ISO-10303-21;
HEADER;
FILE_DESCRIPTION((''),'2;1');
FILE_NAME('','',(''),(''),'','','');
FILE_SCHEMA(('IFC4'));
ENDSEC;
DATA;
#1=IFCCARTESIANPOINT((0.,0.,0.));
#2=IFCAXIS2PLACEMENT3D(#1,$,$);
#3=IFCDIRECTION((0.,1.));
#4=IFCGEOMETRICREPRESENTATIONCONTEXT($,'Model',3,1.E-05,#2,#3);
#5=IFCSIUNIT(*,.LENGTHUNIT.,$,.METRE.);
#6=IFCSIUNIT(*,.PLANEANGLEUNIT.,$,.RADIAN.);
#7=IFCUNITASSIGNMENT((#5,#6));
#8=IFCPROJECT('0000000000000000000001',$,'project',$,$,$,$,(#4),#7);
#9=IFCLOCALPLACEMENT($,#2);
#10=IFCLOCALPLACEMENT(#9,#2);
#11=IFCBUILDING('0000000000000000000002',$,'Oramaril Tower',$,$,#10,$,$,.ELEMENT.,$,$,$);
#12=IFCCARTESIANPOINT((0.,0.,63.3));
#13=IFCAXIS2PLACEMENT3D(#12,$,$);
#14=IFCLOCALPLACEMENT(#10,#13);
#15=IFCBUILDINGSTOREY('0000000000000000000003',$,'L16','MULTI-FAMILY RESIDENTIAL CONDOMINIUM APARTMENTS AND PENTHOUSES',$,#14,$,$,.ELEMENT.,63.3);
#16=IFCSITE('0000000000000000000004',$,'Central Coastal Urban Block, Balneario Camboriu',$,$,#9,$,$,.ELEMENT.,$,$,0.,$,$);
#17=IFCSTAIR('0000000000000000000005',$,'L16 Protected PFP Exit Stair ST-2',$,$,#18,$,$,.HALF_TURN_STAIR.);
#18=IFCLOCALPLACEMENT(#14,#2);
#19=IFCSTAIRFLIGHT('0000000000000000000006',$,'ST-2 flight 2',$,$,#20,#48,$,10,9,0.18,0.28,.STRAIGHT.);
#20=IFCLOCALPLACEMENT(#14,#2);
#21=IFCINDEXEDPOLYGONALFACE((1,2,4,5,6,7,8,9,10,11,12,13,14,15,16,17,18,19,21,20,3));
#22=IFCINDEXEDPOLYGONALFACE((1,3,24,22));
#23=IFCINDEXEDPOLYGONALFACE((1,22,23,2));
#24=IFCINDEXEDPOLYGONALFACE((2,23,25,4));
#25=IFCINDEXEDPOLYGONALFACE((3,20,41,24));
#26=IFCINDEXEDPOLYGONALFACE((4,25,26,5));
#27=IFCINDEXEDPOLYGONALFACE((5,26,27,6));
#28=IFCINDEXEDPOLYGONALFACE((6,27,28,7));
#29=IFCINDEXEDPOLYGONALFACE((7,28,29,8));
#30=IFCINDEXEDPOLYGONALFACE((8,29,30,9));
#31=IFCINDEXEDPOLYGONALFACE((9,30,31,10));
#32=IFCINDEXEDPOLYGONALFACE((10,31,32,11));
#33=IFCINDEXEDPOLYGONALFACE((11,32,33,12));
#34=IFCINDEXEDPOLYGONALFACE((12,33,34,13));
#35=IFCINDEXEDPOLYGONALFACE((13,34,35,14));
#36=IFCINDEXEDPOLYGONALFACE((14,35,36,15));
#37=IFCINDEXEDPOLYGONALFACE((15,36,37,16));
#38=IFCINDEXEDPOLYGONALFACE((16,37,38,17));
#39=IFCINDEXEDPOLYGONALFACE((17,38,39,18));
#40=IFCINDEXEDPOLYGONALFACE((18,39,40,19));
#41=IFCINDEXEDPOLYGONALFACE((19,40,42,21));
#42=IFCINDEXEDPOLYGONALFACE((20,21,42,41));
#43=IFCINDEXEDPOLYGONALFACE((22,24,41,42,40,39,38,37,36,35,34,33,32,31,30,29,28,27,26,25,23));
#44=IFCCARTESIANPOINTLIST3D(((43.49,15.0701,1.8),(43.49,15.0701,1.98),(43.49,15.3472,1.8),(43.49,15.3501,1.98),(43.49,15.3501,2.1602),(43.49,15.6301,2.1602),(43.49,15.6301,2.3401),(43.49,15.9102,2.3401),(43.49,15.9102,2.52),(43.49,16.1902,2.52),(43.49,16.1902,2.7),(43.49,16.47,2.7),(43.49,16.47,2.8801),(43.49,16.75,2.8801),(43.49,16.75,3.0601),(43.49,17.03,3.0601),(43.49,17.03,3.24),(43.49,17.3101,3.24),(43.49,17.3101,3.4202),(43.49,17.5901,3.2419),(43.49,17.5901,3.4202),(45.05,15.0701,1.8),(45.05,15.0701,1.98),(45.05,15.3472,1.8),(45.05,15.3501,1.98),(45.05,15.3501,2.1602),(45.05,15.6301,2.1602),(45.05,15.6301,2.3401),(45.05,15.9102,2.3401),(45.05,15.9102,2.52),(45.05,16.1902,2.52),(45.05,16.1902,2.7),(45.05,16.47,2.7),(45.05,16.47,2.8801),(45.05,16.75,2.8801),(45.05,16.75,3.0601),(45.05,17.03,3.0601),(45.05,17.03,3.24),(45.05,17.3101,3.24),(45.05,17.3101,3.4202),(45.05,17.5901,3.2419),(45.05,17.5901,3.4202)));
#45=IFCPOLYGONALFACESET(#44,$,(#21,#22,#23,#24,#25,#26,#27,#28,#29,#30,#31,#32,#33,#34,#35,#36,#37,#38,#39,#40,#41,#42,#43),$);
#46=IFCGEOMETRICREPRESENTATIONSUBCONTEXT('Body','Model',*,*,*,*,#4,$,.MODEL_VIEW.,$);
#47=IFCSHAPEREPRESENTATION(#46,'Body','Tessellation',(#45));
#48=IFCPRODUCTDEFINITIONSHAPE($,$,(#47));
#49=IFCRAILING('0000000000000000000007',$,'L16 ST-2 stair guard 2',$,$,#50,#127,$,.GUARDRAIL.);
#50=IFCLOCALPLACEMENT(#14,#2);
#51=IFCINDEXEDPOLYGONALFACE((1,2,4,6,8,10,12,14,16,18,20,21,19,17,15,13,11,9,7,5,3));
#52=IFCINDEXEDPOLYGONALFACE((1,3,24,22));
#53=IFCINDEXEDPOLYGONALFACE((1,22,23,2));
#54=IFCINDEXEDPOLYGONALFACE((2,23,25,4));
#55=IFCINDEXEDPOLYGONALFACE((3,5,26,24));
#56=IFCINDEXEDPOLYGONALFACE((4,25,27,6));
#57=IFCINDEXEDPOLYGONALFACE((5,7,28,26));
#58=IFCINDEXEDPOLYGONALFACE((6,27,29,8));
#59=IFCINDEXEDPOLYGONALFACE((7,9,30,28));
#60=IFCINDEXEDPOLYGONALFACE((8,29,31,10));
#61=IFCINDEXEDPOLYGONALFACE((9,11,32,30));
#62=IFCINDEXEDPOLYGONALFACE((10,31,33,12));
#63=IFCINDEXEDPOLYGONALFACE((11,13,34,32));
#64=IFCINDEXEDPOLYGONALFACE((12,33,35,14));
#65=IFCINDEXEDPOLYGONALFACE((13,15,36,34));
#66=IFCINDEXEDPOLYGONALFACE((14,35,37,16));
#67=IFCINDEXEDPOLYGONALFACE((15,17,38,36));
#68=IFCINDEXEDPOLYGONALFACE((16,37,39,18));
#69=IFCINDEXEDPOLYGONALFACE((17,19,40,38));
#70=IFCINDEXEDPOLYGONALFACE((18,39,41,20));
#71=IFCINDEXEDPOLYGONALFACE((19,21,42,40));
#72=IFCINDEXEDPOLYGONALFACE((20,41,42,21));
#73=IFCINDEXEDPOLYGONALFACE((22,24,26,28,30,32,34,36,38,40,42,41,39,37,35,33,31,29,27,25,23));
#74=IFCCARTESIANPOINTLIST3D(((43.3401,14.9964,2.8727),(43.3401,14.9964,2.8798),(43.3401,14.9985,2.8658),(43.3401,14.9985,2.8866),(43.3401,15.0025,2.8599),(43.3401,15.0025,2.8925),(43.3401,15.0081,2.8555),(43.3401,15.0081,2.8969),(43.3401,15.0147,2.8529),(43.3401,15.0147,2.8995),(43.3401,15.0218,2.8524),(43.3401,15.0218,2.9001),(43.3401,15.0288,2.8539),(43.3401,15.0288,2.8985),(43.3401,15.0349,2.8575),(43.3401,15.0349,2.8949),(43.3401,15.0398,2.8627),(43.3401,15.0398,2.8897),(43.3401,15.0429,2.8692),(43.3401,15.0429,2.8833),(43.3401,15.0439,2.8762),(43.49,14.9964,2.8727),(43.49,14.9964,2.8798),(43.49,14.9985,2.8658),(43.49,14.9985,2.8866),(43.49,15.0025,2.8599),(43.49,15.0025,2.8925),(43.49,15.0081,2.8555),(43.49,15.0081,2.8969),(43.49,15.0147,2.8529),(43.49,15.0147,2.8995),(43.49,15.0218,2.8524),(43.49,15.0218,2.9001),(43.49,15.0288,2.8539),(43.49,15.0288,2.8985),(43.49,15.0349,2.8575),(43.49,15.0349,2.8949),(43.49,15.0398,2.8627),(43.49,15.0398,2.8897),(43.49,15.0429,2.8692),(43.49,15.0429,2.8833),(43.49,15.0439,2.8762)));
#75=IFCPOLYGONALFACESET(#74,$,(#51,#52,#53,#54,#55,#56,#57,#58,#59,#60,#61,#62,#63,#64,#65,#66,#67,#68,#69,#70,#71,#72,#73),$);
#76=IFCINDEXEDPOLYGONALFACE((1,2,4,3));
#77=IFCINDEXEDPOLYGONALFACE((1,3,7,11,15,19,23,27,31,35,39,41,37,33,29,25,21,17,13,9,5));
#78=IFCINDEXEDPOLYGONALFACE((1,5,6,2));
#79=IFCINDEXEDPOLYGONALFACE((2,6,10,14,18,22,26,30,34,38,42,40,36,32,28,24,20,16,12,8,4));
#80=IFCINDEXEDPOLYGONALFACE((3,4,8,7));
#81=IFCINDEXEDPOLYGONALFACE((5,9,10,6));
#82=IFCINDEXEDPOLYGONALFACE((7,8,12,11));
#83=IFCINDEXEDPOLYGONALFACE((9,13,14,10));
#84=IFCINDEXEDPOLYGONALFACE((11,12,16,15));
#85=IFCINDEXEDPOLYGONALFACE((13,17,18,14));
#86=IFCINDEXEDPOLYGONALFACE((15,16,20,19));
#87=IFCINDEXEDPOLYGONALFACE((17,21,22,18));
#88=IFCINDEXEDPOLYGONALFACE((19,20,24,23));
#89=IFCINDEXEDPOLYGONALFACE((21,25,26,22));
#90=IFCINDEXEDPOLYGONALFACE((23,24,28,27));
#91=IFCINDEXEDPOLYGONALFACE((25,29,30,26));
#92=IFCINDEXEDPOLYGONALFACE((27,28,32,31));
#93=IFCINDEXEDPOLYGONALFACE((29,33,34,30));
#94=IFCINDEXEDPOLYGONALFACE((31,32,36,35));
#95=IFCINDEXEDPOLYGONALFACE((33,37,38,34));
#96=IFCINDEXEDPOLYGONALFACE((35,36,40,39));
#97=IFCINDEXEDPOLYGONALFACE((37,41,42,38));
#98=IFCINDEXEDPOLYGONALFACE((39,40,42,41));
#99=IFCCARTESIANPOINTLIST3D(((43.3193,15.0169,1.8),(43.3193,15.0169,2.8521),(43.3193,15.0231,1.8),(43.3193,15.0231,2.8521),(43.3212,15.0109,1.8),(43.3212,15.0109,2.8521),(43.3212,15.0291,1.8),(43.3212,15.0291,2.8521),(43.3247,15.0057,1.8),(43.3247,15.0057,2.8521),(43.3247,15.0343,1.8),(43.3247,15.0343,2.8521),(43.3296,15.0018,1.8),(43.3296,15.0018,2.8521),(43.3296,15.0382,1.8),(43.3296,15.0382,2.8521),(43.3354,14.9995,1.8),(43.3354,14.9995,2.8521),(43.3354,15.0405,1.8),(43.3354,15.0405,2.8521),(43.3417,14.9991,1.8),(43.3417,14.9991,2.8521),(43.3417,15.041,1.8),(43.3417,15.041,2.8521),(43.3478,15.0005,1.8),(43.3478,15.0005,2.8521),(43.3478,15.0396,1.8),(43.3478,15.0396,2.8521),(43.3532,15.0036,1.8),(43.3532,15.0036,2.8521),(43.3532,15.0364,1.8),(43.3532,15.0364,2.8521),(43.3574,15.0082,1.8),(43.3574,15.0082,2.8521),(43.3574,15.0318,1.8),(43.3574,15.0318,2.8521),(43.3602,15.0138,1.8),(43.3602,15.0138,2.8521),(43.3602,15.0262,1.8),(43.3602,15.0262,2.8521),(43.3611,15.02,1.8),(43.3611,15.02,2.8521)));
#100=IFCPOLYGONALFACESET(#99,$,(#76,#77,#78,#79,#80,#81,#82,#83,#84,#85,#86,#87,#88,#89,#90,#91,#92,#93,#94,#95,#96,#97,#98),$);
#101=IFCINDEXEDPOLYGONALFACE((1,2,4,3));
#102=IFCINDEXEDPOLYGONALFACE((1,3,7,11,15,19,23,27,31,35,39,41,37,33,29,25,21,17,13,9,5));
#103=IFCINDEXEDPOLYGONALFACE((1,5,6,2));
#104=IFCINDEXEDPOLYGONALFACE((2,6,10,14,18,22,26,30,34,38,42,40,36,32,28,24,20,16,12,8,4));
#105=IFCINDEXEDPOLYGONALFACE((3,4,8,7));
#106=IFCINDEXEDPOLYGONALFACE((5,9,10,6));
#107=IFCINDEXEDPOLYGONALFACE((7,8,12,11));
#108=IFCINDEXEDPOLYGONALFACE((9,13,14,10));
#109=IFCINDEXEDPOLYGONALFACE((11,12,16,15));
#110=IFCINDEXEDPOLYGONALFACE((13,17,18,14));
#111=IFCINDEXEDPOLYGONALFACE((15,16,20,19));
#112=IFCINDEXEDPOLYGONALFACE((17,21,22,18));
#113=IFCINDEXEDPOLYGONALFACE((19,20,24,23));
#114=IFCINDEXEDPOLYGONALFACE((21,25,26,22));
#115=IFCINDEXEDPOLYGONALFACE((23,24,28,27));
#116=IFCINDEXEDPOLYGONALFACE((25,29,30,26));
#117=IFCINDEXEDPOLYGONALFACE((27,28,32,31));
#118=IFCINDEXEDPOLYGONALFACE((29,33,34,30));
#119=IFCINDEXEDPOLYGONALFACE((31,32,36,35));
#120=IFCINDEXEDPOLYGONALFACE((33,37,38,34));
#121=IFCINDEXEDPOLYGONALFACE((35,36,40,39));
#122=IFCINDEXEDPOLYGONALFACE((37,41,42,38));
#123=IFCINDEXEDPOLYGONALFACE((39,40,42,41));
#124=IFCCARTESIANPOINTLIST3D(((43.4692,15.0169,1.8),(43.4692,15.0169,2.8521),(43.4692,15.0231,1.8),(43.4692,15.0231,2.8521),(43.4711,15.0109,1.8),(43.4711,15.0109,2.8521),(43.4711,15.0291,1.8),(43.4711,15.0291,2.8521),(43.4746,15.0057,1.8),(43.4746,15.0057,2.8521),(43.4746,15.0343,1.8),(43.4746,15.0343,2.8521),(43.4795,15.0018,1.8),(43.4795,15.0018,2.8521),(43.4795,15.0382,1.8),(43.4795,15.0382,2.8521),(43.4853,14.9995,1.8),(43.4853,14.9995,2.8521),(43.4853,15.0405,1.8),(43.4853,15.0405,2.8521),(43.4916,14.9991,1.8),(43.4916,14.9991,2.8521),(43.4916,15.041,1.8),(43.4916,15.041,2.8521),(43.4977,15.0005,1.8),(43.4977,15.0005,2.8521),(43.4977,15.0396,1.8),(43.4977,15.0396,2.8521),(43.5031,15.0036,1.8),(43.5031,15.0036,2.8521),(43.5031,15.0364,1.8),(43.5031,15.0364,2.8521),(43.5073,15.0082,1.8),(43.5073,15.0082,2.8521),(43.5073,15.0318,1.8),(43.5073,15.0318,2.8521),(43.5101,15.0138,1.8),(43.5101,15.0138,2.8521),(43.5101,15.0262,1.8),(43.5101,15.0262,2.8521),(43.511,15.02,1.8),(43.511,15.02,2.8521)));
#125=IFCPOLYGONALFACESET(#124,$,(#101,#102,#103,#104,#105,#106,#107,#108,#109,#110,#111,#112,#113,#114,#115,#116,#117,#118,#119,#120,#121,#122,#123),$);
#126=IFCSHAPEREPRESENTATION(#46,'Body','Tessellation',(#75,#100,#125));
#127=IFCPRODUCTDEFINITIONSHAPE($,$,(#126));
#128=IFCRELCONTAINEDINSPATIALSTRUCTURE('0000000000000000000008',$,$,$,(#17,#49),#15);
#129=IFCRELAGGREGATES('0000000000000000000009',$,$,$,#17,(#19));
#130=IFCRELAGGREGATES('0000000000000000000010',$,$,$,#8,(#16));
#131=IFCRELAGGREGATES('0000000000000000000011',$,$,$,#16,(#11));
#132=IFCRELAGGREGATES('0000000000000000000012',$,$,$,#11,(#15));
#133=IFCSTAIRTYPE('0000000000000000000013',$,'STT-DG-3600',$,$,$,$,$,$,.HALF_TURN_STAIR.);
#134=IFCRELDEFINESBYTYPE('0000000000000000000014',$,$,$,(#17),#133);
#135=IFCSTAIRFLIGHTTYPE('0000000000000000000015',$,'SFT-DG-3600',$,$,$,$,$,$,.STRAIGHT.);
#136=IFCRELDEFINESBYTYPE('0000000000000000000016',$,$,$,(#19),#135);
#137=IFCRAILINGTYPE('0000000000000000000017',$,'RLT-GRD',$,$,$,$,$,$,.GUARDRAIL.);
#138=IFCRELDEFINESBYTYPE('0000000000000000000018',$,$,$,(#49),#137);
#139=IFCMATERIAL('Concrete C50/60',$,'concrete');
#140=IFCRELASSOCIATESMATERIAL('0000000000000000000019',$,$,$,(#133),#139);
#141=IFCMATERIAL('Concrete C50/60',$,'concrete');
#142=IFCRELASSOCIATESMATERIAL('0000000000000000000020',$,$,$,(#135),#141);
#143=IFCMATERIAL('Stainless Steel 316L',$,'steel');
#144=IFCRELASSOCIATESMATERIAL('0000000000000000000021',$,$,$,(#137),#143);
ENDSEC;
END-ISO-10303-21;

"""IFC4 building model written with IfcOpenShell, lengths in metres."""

from ifc_helpers import new_model, si_unit, direction, frame, origin, origin_2d, place, context, subcontext, project, spatial, polyline, circle, outline, extrude, material, type_object, element, aggregate, save


model = new_model("IFC4")

# Units and contexts
model_context = context("Model", 3, precision=1e-05, world=origin(), true_north=direction((0.0, 1.0)))
body_context = subcontext(model_context, "Body", "Model", "MODEL_VIEW")
ifc_project = project(units=[si_unit("LENGTHUNIT", "METRE"), si_unit("PLANEANGLEUNIT", "RADIAN")], contexts=[model_context])

# Site, building, storey
site_placement = place(None, origin())
site = spatial("IfcSite", under=ifc_project, at=site_placement, Name="Central Coastal Urban Block, Balneario Camboriu", CompositionType="ELEMENT", RefElevation=0.0)
building_placement = place(site_placement, origin())
building = spatial("IfcBuilding", under=site, at=building_placement, Name="Oramaril Tower", CompositionType="ELEMENT")
storey_placement = place(building_placement, frame((0.0, 0.0, 63.3)))
storey = spatial("IfcBuildingStorey", under=building, at=storey_placement, Name="L16", Description="MULTI-FAMILY RESIDENTIAL CONDOMINIUM APARTMENTS AND PENTHOUSES", CompositionType="ELEMENT", Elevation=63.3)

# Shared definitions
ifc_material_1 = material(Name="Concrete C50/60", Category="concrete")
stair_type = type_object("IfcStairType", Name="STT-DG-3600", PredefinedType="HALF_TURN_STAIR", material=ifc_material_1)
ifc_material_2 = material(Name="Concrete C50/60", Category="concrete")
stair_flight_type = type_object("IfcStairFlightType", Name="SFT-DG-3600", PredefinedType="STRAIGHT", material=ifc_material_2)

# Stair, stair flight
stair_1_placement = place(storey_placement, origin())
stair_1 = element("IfcStair", 1, at=stair_1_placement, inside=storey, type_object=stair_type, Name="L16 Protected PFP Exit Stair ST-2", PredefinedType="HALF_TURN_STAIR")
stair_flight_1_placement = place(storey_placement, frame((44.27, 15.0701, 1.8), z_axis=(0.0, 0.0, 1.0), x_axis=(0.0, 1.0, 0.0)))
stair_flight_1 = element("IfcStairFlight", 2, at=stair_flight_1_placement, type_object=stair_flight_type, Name="ST-2 flight 2", NumberOfRisers=10, NumberOfTreads=9, PredefinedType="STRAIGHT", RiserHeight=0.18, TreadLength=0.28, context=body_context, shape_type="SweptSolid", body=[
    extrude(outline(polyline([(0.0, 0.0), (0.0, 0.1799), (0.28, 0.1799), (0.28, 0.3601), (0.5601, 0.3601), (0.5601, 0.54), (0.8401, 0.54), (0.8401, 0.72), (1.1201, 0.72), (1.1201, 0.8999), (1.3999, 0.8999), (1.3999, 1.0801), (1.6799, 1.0801), (1.6799, 1.26), (1.96, 1.26), (1.96, 1.4399), (2.24, 1.4399), (2.24, 1.6201), (2.52, 1.6201), (2.52, 1.8), (2.52, 1.4419), (0.2771, 0.0), (0.0, 0.0)])), frame((0.0, 0.78, 0.0), z_axis=(0.0, -1.0, 0.0), x_axis=(1.0, 0.0, 0.0)), (0.0, 0.0, 1.0), 1.5601),
])
aggregate(stair_1, [stair_flight_1])

# Railing
ifc_material_3 = material(Name="Stainless Steel 316L", Category="steel")
railing_type_1 = type_object("IfcRailingType", Name="RLT-GRD", PredefinedType="GUARDRAIL", material=ifc_material_3)
railing_1_placement = place(storey_placement, frame((43.3401, 15.02, 1.8)))
element("IfcRailing", 3, at=railing_1_placement, inside=storey, type_object=railing_type_1, Name="L16 ST-2 stair guard 2", PredefinedType="GUARDRAIL", context=body_context, shape_type="SweptSolid", body=[
    extrude(circle(Radius=0.0239, at=origin_2d()), frame((0.0, 0.0, 1.0762), z_axis=(1.0, 0.0, 0.0), x_axis=(0.0, 1.0, 0.0)), (0.0, 0.0, 1.0), 0.1499),
    extrude(circle(Radius=0.021, at=origin_2d()), origin(), (0.0, 0.0, 1.0), 1.052),
    extrude(circle(Radius=0.021, at=origin_2d()), frame((0.1499, 0.0, 0.0)), (0.0, 0.0, 1.0), 1.052),
])

save(model, "model.ifc")
